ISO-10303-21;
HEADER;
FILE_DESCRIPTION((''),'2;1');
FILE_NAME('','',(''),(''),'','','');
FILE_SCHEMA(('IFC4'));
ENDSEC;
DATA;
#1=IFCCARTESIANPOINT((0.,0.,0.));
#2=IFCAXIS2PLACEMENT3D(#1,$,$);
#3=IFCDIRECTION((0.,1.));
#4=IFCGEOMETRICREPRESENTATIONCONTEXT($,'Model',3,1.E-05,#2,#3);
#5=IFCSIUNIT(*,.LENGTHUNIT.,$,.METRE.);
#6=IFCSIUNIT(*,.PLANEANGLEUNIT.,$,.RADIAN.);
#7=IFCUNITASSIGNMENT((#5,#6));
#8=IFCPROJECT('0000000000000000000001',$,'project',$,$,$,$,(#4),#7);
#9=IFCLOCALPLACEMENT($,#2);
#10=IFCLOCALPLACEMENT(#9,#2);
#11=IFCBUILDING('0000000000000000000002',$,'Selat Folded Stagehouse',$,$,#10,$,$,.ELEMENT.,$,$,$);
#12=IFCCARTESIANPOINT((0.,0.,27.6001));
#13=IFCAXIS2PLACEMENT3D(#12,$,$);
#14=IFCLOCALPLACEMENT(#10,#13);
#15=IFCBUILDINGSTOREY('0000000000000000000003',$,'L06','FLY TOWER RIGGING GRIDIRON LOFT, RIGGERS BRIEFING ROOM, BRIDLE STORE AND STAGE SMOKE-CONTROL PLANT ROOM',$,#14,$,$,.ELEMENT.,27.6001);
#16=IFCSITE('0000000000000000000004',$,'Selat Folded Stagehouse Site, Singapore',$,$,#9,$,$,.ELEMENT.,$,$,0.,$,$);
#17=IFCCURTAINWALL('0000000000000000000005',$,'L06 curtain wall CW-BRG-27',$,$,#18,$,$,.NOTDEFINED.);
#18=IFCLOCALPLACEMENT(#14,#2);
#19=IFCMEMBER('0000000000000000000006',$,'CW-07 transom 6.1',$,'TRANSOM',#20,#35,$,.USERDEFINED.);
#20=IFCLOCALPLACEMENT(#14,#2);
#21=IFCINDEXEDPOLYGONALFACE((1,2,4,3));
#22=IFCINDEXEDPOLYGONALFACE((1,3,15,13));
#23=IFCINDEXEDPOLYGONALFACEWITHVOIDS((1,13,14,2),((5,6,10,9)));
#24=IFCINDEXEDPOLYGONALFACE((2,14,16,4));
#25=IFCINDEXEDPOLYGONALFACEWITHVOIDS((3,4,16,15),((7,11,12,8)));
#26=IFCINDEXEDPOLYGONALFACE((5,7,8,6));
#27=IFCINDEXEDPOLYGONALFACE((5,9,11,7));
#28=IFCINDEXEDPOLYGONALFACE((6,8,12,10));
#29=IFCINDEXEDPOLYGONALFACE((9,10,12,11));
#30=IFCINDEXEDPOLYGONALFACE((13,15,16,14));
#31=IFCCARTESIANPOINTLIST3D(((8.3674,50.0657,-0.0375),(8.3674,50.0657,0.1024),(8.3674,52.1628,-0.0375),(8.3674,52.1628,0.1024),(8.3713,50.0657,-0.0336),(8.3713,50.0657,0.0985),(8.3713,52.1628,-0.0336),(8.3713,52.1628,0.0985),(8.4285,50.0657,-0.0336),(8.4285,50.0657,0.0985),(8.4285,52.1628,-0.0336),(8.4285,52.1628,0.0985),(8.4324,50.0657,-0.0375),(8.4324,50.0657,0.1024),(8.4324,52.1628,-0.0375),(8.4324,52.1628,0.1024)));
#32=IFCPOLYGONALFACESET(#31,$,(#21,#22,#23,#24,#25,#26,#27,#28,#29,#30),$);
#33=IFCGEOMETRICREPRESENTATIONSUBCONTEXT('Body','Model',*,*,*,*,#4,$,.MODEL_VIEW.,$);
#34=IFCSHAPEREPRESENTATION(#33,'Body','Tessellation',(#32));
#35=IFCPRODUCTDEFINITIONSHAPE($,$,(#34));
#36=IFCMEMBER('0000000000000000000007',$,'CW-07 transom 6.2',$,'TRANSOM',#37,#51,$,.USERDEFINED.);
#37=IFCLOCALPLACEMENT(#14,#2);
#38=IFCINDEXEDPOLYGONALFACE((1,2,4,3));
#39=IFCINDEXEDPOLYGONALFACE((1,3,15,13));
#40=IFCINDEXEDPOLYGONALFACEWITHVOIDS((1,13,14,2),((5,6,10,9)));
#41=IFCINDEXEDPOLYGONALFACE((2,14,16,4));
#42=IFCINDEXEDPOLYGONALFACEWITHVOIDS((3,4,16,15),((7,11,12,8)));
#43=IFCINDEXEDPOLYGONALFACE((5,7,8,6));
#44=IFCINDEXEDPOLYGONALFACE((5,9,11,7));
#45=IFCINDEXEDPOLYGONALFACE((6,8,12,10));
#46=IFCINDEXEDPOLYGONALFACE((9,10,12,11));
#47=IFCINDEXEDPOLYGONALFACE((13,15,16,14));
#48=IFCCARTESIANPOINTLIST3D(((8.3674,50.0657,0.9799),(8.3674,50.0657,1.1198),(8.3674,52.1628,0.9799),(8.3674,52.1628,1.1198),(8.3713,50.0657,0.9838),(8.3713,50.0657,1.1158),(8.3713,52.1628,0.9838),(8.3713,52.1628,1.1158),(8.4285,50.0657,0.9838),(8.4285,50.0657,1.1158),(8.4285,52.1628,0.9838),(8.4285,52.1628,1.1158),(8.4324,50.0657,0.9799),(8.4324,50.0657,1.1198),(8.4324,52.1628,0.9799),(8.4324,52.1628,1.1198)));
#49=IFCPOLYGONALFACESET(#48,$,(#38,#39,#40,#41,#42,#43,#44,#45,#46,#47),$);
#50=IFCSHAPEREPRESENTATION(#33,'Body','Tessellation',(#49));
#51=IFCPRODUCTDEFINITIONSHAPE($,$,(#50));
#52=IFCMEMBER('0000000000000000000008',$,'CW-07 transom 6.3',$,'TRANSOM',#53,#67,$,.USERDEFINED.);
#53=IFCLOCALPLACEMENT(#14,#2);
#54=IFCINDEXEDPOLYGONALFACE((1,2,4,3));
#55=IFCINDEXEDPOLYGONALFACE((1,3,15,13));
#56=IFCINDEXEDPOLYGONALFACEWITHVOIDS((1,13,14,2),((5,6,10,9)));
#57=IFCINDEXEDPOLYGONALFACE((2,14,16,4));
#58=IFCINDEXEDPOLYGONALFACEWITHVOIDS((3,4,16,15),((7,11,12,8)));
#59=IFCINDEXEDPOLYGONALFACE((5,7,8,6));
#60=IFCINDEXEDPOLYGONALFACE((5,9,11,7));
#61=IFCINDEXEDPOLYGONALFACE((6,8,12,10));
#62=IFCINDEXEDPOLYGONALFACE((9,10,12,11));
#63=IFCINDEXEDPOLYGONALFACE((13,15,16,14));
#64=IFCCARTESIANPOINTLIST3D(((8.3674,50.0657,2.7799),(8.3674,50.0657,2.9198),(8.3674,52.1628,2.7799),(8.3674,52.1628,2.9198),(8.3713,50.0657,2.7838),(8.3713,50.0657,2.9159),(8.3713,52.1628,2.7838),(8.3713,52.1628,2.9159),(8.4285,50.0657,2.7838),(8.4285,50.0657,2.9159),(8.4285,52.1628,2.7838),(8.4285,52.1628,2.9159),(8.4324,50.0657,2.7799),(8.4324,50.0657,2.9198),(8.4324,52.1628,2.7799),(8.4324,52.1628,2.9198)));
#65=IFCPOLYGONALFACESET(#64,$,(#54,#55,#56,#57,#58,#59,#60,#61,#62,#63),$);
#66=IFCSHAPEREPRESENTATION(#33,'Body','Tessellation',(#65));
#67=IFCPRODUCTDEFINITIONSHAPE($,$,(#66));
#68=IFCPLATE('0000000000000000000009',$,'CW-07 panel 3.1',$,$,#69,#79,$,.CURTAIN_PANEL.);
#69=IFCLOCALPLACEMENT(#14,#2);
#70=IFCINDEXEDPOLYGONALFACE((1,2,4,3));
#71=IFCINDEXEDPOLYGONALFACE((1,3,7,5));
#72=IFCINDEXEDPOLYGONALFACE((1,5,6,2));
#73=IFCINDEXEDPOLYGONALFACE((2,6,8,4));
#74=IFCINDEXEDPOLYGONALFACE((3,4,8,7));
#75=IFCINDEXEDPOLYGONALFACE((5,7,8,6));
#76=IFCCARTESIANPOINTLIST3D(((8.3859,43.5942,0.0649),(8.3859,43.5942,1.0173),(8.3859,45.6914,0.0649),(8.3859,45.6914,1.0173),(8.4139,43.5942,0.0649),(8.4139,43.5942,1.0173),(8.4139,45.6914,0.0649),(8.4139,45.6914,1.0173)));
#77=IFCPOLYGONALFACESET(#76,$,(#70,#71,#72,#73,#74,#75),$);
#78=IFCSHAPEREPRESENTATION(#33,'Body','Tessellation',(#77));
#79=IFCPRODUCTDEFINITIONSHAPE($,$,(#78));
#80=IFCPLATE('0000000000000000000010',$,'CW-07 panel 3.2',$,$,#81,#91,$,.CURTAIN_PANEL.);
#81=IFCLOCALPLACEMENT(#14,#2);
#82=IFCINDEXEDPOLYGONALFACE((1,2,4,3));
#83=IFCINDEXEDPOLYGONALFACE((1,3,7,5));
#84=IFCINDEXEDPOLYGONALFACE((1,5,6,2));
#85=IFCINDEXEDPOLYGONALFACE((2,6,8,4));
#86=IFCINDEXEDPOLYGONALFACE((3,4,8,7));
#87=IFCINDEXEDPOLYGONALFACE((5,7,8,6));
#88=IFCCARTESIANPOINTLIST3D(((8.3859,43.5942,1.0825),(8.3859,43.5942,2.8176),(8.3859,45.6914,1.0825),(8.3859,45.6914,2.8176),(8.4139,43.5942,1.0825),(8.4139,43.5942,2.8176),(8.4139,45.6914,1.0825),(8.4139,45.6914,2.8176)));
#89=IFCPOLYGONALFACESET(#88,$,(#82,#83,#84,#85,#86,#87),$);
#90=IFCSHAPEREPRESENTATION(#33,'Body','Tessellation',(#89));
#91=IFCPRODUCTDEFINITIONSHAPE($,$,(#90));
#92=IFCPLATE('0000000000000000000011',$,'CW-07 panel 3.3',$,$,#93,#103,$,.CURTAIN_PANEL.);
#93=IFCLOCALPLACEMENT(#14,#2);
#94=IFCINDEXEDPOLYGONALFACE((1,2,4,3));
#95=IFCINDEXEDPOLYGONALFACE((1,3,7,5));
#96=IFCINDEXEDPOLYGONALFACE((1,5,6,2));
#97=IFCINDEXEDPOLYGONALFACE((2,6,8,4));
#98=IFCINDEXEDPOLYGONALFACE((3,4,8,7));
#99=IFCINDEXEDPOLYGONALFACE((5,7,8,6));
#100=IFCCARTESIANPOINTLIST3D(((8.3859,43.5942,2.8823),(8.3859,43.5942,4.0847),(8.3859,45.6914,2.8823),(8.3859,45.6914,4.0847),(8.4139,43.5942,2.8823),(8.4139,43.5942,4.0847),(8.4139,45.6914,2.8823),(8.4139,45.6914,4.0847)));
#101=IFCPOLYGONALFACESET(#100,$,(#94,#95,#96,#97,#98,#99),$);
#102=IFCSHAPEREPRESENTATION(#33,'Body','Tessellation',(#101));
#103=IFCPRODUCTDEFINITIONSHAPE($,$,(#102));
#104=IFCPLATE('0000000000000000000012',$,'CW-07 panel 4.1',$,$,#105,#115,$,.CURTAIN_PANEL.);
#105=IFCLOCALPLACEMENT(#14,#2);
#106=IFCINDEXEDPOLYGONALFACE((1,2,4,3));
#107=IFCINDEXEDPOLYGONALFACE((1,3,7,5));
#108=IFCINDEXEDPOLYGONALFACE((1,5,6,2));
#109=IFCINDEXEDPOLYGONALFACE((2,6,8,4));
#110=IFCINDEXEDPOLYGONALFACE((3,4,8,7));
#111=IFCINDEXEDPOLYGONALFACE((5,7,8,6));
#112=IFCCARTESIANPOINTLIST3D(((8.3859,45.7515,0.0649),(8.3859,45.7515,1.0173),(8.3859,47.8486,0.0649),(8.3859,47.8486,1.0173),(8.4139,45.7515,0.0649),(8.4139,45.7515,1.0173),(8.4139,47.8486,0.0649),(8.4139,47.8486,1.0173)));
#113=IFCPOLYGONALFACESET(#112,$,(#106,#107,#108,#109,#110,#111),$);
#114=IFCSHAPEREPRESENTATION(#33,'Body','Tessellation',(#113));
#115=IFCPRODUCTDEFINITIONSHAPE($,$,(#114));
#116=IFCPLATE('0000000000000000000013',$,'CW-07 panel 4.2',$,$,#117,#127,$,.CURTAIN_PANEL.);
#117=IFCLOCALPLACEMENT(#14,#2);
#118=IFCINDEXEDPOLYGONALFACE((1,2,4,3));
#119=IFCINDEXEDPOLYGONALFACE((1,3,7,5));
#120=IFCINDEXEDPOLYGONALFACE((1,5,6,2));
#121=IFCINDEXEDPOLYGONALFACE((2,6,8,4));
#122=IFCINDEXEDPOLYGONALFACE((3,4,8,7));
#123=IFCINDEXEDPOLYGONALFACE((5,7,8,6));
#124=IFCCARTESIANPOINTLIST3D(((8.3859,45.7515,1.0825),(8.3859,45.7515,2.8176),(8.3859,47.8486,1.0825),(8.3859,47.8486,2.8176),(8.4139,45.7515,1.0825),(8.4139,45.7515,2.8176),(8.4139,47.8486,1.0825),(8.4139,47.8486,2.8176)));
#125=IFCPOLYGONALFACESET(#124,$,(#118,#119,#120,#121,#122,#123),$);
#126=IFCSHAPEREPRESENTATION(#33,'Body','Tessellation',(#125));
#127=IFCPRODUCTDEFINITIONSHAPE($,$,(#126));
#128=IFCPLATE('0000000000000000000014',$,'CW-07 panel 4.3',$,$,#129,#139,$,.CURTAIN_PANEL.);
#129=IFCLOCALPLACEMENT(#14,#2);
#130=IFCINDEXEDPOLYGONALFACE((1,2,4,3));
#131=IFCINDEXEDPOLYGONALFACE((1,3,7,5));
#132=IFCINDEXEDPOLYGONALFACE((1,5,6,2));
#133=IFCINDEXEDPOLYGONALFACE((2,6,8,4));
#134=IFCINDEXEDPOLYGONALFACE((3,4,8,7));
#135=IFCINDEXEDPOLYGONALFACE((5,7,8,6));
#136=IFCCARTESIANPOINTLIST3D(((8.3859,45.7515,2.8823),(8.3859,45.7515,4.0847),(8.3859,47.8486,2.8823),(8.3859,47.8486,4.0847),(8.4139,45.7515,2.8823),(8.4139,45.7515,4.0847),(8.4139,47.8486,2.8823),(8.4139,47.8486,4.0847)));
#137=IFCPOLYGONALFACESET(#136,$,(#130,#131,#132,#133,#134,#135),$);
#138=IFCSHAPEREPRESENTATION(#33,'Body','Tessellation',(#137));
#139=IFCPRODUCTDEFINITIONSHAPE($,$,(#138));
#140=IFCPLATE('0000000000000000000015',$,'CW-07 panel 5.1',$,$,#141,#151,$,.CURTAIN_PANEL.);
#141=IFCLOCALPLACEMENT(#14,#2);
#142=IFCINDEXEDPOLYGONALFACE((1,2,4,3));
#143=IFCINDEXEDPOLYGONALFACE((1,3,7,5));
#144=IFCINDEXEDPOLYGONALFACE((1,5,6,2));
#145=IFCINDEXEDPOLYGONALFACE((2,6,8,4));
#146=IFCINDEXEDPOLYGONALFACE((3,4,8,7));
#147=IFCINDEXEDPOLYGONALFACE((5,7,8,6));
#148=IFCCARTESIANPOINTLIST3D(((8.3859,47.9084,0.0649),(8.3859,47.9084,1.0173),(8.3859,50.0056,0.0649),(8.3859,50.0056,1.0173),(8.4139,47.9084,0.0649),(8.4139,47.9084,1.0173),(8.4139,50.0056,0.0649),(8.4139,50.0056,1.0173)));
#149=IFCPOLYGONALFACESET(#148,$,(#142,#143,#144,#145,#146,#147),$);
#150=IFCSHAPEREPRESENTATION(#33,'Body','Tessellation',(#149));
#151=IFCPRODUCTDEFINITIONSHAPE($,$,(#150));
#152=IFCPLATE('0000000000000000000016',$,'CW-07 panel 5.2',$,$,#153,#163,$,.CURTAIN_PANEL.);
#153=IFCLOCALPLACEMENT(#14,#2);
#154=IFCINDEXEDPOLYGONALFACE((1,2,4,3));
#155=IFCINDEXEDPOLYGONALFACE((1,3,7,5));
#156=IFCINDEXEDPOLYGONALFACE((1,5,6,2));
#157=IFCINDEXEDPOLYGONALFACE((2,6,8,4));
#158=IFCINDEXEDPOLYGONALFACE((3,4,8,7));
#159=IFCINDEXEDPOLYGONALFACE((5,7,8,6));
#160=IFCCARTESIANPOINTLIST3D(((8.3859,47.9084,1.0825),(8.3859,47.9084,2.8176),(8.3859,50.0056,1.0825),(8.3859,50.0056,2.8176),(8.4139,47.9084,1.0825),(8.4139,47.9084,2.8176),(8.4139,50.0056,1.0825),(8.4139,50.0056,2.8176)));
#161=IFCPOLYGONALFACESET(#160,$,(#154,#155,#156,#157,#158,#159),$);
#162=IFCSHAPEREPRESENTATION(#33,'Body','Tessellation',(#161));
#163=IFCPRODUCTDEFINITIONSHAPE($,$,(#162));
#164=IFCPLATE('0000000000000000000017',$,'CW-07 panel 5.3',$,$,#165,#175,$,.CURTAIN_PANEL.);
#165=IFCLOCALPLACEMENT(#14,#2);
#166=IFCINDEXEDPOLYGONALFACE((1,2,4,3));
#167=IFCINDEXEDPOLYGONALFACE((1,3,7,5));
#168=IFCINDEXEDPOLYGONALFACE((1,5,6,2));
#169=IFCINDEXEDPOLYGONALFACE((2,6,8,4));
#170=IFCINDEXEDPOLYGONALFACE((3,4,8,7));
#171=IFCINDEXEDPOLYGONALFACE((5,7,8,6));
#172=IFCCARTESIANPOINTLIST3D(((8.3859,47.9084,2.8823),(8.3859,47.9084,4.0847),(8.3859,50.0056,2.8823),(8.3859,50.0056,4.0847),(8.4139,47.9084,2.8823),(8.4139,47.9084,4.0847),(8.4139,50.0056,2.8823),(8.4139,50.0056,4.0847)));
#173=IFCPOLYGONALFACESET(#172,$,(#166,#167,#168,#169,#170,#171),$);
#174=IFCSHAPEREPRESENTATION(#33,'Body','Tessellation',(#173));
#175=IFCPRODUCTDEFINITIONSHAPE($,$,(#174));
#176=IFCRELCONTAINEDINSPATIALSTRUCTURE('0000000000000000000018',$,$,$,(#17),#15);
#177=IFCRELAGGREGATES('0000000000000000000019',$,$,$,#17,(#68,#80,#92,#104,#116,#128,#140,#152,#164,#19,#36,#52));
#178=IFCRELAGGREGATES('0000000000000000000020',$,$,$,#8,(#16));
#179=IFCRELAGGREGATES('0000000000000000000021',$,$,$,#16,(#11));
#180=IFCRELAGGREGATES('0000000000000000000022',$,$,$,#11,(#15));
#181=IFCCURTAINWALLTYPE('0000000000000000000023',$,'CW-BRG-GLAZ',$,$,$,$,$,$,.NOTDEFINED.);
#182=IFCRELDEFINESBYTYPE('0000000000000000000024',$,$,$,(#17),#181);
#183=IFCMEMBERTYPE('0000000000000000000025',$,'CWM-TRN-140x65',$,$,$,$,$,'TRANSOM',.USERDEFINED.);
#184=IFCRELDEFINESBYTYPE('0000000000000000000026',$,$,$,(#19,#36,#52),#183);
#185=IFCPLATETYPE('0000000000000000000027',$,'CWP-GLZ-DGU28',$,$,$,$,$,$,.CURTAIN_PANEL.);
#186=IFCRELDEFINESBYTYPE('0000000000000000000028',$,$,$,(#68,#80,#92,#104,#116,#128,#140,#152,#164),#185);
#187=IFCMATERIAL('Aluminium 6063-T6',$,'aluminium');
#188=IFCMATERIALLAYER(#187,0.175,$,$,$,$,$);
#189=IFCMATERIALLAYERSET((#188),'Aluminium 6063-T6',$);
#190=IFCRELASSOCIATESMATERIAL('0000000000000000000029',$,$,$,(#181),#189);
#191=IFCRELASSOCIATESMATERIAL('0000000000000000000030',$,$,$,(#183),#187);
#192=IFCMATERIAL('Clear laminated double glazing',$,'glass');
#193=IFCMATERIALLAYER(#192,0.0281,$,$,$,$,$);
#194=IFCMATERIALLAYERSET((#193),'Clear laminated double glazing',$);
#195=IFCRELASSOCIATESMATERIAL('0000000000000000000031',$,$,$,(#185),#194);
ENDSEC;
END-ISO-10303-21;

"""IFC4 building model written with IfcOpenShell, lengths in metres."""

from ifc_helpers import new_model, si_unit, direction, frame, origin, origin_2d, place, context, subcontext, project, spatial, rectangle, hollow_rectangle, extrude, material, layer, layer_set, material_profile, profile_set, type_object, element, aggregate, save


model = new_model("IFC4")

# Units and contexts
model_context = context("Model", 3, precision=1e-05, world=origin(), true_north=direction((0.0, 1.0)))
body_context = subcontext(model_context, "Body", "Model", "MODEL_VIEW")
ifc_project = project(units=[si_unit("LENGTHUNIT", "METRE"), si_unit("PLANEANGLEUNIT", "RADIAN")], contexts=[model_context])

# Site, building, storey
site_placement = place(None, origin())
site = spatial("IfcSite", under=ifc_project, at=site_placement, Name="Selat Folded Stagehouse Site, Singapore", CompositionType="ELEMENT", RefElevation=0.0)
building_placement = place(site_placement, origin())
building = spatial("IfcBuilding", under=site, at=building_placement, Name="Selat Folded Stagehouse", CompositionType="ELEMENT")
storey_placement = place(building_placement, frame((0.0, 0.0, 27.6001)))
storey = spatial("IfcBuildingStorey", under=building, at=storey_placement, Name="L06", Description="FLY TOWER RIGGING GRIDIRON LOFT, RIGGERS BRIEFING ROOM, BRIDLE STORE AND STAGE SMOKE-CONTROL PLANT ROOM", CompositionType="ELEMENT", Elevation=27.6001)

# Curtain wall, members, plates
ifc_material_1 = material(Name="Aluminium 6063-T6", Category="aluminium")
ifc_layer_1 = layer(ifc_material_1, 0.175)
ifc_layer_set_1 = layer_set([ifc_layer_1], Name="Aluminium 6063-T6")
curtain_wall_type = type_object("IfcCurtainWallType", Name="CW-BRG-GLAZ", PredefinedType="NOTDEFINED", material=ifc_layer_set_1)
curtain_wall_placement = place(storey_placement, origin())
curtain_wall = element("IfcCurtainWall", 1, at=curtain_wall_placement, inside=storey, type_object=curtain_wall_type, Name="L06 curtain wall CW-BRG-27", PredefinedType="NOTDEFINED")
ifc_material_profile_1 = material_profile(ifc_material_1, hollow_rectangle(XDim=0.0649, YDim=0.1399, WallThickness=0.0039, at=origin_2d()), Name="ALU 140x65x4.0")
ifc_profile_set_1 = profile_set([ifc_material_profile_1], Name="Aluminium 6063-T6")
member_type_1 = type_object("IfcMemberType", Name="CWM-TRN-140x65", ElementType="TRANSOM", PredefinedType="USERDEFINED", material=ifc_profile_set_1)
member_1_placement = place(storey_placement, frame((8.3999, 50.0657, 0.0325), z_axis=(0.0, 1.0, 0.0), x_axis=(-1.0, 0.0, 0.0)))
member_1 = element("IfcMember", 2, at=member_1_placement, type_object=member_type_1, Name="CW-07 transom 6.1", ObjectType="TRANSOM", PredefinedType="USERDEFINED", context=body_context, shape_type="SweptSolid", body=[
    extrude(hollow_rectangle(XDim=0.0649, YDim=0.1399, WallThickness=0.0039, at=origin_2d()), origin(), (0.0, 0.0, 1.0), 2.0972),
])
member_2_placement = place(storey_placement, frame((8.3999, 50.0657, 1.0498), z_axis=(0.0, 1.0, 0.0), x_axis=(-1.0, 0.0, 0.0)))
member_2 = element("IfcMember", 3, at=member_2_placement, type_object=member_type_1, Name="CW-07 transom 6.2", ObjectType="TRANSOM", PredefinedType="USERDEFINED", context=body_context, shape_type="SweptSolid", body=[
    extrude(hollow_rectangle(XDim=0.0649, YDim=0.1399, WallThickness=0.0039, at=origin_2d()), origin(), (0.0, 0.0, 1.0), 2.0972),
])
member_3_placement = place(storey_placement, frame((8.3999, 50.0657, 2.8499), z_axis=(0.0, 1.0, 0.0), x_axis=(-1.0, 0.0, 0.0)))
member_3 = element("IfcMember", 4, at=member_3_placement, type_object=member_type_1, Name="CW-07 transom 6.3", ObjectType="TRANSOM", PredefinedType="USERDEFINED", context=body_context, shape_type="SweptSolid", body=[
    extrude(hollow_rectangle(XDim=0.0649, YDim=0.1399, WallThickness=0.0039, at=origin_2d()), origin(), (0.0, 0.0, 1.0), 2.0972),
])
ifc_material_2 = material(Name="Clear laminated double glazing", Category="glass")
ifc_layer_2 = layer(ifc_material_2, 0.0281)
ifc_layer_set_2 = layer_set([ifc_layer_2], Name="Clear laminated double glazing")
plate_type = type_object("IfcPlateType", Name="CWP-GLZ-DGU28", PredefinedType="CURTAIN_PANEL", material=ifc_layer_set_2)
plate_1_placement = place(storey_placement, frame((8.3999, 44.6428, 0.0649), z_axis=(0.0, 0.0, 1.0), x_axis=(0.0, 1.0, 0.0)))
plate_1 = element("IfcPlate", 5, at=plate_1_placement, type_object=plate_type, Name="CW-07 panel 3.1", PredefinedType="CURTAIN_PANEL", context=body_context, shape_type="SweptSolid", body=[
    extrude(rectangle(XDim=2.0972, YDim=0.0281, at=origin_2d()), origin(), (0.0, 0.0, 1.0), 0.9524),
])
plate_2_placement = place(storey_placement, frame((8.3999, 44.6428, 1.0825), z_axis=(0.0, 0.0, 1.0), x_axis=(0.0, 1.0, 0.0)))
plate_2 = element("IfcPlate", 6, at=plate_2_placement, type_object=plate_type, Name="CW-07 panel 3.2", PredefinedType="CURTAIN_PANEL", context=body_context, shape_type="SweptSolid", body=[
    extrude(rectangle(XDim=2.0972, YDim=0.0281, at=origin_2d()), origin(), (0.0, 0.0, 1.0), 1.7351),
])
plate_3_placement = place(storey_placement, frame((8.3999, 44.6428, 2.8823), z_axis=(0.0, 0.0, 1.0), x_axis=(0.0, 1.0, 0.0)))
plate_3 = element("IfcPlate", 7, at=plate_3_placement, type_object=plate_type, Name="CW-07 panel 3.3", PredefinedType="CURTAIN_PANEL", context=body_context, shape_type="SweptSolid", body=[
    extrude(rectangle(XDim=2.0972, YDim=0.0281, at=origin_2d()), origin(), (0.0, 0.0, 1.0), 1.2024),
])
plate_4_placement = place(storey_placement, frame((8.3999, 46.8, 0.0649), z_axis=(0.0, 0.0, 1.0), x_axis=(0.0, 1.0, 0.0)))
plate_4 = element("IfcPlate", 8, at=plate_4_placement, type_object=plate_type, Name="CW-07 panel 4.1", PredefinedType="CURTAIN_PANEL", context=body_context, shape_type="SweptSolid", body=[
    extrude(rectangle(XDim=2.0972, YDim=0.0281, at=origin_2d()), origin(), (0.0, 0.0, 1.0), 0.9524),
])
plate_5_placement = place(storey_placement, frame((8.3999, 46.8, 1.0825), z_axis=(0.0, 0.0, 1.0), x_axis=(0.0, 1.0, 0.0)))
plate_5 = element("IfcPlate", 9, at=plate_5_placement, type_object=plate_type, Name="CW-07 panel 4.2", PredefinedType="CURTAIN_PANEL", context=body_context, shape_type="SweptSolid", body=[
    extrude(rectangle(XDim=2.0972, YDim=0.0281, at=origin_2d()), origin(), (0.0, 0.0, 1.0), 1.7351),
])
plate_6_placement = place(storey_placement, frame((8.3999, 46.8, 2.8823), z_axis=(0.0, 0.0, 1.0), x_axis=(0.0, 1.0, 0.0)))
plate_6 = element("IfcPlate", 10, at=plate_6_placement, type_object=plate_type, Name="CW-07 panel 4.3", PredefinedType="CURTAIN_PANEL", context=body_context, shape_type="SweptSolid", body=[
    extrude(rectangle(XDim=2.0972, YDim=0.0281, at=origin_2d()), origin(), (0.0, 0.0, 1.0), 1.2024),
])
plate_7_placement = place(storey_placement, frame((8.3999, 48.957, 0.0649), z_axis=(0.0, 0.0, 1.0), x_axis=(0.0, 1.0, 0.0)))
plate_7 = element("IfcPlate", 11, at=plate_7_placement, type_object=plate_type, Name="CW-07 panel 5.1", PredefinedType="CURTAIN_PANEL", context=body_context, shape_type="SweptSolid", body=[
    extrude(rectangle(XDim=2.0972, YDim=0.0281, at=origin_2d()), origin(), (0.0, 0.0, 1.0), 0.9524),
])
plate_8_placement = place(storey_placement, frame((8.3999, 48.957, 1.0825), z_axis=(0.0, 0.0, 1.0), x_axis=(0.0, 1.0, 0.0)))
plate_8 = element("IfcPlate", 12, at=plate_8_placement, type_object=plate_type, Name="CW-07 panel 5.2", PredefinedType="CURTAIN_PANEL", context=body_context, shape_type="SweptSolid", body=[
    extrude(rectangle(XDim=2.0972, YDim=0.0281, at=origin_2d()), origin(), (0.0, 0.0, 1.0), 1.7351),
])
plate_9_placement = place(storey_placement, frame((8.3999, 48.957, 2.8823), z_axis=(0.0, 0.0, 1.0), x_axis=(0.0, 1.0, 0.0)))
plate_9 = element("IfcPlate", 13, at=plate_9_placement, type_object=plate_type, Name="CW-07 panel 5.3", PredefinedType="CURTAIN_PANEL", context=body_context, shape_type="SweptSolid", body=[
    extrude(rectangle(XDim=2.0972, YDim=0.0281, at=origin_2d()), origin(), (0.0, 0.0, 1.0), 1.2024),
])
aggregate(curtain_wall, [plate_1, plate_2, plate_3, plate_4, plate_5, plate_6, plate_7, plate_8, plate_9, member_1, member_2, member_3])

save(model, "model.ifc")
